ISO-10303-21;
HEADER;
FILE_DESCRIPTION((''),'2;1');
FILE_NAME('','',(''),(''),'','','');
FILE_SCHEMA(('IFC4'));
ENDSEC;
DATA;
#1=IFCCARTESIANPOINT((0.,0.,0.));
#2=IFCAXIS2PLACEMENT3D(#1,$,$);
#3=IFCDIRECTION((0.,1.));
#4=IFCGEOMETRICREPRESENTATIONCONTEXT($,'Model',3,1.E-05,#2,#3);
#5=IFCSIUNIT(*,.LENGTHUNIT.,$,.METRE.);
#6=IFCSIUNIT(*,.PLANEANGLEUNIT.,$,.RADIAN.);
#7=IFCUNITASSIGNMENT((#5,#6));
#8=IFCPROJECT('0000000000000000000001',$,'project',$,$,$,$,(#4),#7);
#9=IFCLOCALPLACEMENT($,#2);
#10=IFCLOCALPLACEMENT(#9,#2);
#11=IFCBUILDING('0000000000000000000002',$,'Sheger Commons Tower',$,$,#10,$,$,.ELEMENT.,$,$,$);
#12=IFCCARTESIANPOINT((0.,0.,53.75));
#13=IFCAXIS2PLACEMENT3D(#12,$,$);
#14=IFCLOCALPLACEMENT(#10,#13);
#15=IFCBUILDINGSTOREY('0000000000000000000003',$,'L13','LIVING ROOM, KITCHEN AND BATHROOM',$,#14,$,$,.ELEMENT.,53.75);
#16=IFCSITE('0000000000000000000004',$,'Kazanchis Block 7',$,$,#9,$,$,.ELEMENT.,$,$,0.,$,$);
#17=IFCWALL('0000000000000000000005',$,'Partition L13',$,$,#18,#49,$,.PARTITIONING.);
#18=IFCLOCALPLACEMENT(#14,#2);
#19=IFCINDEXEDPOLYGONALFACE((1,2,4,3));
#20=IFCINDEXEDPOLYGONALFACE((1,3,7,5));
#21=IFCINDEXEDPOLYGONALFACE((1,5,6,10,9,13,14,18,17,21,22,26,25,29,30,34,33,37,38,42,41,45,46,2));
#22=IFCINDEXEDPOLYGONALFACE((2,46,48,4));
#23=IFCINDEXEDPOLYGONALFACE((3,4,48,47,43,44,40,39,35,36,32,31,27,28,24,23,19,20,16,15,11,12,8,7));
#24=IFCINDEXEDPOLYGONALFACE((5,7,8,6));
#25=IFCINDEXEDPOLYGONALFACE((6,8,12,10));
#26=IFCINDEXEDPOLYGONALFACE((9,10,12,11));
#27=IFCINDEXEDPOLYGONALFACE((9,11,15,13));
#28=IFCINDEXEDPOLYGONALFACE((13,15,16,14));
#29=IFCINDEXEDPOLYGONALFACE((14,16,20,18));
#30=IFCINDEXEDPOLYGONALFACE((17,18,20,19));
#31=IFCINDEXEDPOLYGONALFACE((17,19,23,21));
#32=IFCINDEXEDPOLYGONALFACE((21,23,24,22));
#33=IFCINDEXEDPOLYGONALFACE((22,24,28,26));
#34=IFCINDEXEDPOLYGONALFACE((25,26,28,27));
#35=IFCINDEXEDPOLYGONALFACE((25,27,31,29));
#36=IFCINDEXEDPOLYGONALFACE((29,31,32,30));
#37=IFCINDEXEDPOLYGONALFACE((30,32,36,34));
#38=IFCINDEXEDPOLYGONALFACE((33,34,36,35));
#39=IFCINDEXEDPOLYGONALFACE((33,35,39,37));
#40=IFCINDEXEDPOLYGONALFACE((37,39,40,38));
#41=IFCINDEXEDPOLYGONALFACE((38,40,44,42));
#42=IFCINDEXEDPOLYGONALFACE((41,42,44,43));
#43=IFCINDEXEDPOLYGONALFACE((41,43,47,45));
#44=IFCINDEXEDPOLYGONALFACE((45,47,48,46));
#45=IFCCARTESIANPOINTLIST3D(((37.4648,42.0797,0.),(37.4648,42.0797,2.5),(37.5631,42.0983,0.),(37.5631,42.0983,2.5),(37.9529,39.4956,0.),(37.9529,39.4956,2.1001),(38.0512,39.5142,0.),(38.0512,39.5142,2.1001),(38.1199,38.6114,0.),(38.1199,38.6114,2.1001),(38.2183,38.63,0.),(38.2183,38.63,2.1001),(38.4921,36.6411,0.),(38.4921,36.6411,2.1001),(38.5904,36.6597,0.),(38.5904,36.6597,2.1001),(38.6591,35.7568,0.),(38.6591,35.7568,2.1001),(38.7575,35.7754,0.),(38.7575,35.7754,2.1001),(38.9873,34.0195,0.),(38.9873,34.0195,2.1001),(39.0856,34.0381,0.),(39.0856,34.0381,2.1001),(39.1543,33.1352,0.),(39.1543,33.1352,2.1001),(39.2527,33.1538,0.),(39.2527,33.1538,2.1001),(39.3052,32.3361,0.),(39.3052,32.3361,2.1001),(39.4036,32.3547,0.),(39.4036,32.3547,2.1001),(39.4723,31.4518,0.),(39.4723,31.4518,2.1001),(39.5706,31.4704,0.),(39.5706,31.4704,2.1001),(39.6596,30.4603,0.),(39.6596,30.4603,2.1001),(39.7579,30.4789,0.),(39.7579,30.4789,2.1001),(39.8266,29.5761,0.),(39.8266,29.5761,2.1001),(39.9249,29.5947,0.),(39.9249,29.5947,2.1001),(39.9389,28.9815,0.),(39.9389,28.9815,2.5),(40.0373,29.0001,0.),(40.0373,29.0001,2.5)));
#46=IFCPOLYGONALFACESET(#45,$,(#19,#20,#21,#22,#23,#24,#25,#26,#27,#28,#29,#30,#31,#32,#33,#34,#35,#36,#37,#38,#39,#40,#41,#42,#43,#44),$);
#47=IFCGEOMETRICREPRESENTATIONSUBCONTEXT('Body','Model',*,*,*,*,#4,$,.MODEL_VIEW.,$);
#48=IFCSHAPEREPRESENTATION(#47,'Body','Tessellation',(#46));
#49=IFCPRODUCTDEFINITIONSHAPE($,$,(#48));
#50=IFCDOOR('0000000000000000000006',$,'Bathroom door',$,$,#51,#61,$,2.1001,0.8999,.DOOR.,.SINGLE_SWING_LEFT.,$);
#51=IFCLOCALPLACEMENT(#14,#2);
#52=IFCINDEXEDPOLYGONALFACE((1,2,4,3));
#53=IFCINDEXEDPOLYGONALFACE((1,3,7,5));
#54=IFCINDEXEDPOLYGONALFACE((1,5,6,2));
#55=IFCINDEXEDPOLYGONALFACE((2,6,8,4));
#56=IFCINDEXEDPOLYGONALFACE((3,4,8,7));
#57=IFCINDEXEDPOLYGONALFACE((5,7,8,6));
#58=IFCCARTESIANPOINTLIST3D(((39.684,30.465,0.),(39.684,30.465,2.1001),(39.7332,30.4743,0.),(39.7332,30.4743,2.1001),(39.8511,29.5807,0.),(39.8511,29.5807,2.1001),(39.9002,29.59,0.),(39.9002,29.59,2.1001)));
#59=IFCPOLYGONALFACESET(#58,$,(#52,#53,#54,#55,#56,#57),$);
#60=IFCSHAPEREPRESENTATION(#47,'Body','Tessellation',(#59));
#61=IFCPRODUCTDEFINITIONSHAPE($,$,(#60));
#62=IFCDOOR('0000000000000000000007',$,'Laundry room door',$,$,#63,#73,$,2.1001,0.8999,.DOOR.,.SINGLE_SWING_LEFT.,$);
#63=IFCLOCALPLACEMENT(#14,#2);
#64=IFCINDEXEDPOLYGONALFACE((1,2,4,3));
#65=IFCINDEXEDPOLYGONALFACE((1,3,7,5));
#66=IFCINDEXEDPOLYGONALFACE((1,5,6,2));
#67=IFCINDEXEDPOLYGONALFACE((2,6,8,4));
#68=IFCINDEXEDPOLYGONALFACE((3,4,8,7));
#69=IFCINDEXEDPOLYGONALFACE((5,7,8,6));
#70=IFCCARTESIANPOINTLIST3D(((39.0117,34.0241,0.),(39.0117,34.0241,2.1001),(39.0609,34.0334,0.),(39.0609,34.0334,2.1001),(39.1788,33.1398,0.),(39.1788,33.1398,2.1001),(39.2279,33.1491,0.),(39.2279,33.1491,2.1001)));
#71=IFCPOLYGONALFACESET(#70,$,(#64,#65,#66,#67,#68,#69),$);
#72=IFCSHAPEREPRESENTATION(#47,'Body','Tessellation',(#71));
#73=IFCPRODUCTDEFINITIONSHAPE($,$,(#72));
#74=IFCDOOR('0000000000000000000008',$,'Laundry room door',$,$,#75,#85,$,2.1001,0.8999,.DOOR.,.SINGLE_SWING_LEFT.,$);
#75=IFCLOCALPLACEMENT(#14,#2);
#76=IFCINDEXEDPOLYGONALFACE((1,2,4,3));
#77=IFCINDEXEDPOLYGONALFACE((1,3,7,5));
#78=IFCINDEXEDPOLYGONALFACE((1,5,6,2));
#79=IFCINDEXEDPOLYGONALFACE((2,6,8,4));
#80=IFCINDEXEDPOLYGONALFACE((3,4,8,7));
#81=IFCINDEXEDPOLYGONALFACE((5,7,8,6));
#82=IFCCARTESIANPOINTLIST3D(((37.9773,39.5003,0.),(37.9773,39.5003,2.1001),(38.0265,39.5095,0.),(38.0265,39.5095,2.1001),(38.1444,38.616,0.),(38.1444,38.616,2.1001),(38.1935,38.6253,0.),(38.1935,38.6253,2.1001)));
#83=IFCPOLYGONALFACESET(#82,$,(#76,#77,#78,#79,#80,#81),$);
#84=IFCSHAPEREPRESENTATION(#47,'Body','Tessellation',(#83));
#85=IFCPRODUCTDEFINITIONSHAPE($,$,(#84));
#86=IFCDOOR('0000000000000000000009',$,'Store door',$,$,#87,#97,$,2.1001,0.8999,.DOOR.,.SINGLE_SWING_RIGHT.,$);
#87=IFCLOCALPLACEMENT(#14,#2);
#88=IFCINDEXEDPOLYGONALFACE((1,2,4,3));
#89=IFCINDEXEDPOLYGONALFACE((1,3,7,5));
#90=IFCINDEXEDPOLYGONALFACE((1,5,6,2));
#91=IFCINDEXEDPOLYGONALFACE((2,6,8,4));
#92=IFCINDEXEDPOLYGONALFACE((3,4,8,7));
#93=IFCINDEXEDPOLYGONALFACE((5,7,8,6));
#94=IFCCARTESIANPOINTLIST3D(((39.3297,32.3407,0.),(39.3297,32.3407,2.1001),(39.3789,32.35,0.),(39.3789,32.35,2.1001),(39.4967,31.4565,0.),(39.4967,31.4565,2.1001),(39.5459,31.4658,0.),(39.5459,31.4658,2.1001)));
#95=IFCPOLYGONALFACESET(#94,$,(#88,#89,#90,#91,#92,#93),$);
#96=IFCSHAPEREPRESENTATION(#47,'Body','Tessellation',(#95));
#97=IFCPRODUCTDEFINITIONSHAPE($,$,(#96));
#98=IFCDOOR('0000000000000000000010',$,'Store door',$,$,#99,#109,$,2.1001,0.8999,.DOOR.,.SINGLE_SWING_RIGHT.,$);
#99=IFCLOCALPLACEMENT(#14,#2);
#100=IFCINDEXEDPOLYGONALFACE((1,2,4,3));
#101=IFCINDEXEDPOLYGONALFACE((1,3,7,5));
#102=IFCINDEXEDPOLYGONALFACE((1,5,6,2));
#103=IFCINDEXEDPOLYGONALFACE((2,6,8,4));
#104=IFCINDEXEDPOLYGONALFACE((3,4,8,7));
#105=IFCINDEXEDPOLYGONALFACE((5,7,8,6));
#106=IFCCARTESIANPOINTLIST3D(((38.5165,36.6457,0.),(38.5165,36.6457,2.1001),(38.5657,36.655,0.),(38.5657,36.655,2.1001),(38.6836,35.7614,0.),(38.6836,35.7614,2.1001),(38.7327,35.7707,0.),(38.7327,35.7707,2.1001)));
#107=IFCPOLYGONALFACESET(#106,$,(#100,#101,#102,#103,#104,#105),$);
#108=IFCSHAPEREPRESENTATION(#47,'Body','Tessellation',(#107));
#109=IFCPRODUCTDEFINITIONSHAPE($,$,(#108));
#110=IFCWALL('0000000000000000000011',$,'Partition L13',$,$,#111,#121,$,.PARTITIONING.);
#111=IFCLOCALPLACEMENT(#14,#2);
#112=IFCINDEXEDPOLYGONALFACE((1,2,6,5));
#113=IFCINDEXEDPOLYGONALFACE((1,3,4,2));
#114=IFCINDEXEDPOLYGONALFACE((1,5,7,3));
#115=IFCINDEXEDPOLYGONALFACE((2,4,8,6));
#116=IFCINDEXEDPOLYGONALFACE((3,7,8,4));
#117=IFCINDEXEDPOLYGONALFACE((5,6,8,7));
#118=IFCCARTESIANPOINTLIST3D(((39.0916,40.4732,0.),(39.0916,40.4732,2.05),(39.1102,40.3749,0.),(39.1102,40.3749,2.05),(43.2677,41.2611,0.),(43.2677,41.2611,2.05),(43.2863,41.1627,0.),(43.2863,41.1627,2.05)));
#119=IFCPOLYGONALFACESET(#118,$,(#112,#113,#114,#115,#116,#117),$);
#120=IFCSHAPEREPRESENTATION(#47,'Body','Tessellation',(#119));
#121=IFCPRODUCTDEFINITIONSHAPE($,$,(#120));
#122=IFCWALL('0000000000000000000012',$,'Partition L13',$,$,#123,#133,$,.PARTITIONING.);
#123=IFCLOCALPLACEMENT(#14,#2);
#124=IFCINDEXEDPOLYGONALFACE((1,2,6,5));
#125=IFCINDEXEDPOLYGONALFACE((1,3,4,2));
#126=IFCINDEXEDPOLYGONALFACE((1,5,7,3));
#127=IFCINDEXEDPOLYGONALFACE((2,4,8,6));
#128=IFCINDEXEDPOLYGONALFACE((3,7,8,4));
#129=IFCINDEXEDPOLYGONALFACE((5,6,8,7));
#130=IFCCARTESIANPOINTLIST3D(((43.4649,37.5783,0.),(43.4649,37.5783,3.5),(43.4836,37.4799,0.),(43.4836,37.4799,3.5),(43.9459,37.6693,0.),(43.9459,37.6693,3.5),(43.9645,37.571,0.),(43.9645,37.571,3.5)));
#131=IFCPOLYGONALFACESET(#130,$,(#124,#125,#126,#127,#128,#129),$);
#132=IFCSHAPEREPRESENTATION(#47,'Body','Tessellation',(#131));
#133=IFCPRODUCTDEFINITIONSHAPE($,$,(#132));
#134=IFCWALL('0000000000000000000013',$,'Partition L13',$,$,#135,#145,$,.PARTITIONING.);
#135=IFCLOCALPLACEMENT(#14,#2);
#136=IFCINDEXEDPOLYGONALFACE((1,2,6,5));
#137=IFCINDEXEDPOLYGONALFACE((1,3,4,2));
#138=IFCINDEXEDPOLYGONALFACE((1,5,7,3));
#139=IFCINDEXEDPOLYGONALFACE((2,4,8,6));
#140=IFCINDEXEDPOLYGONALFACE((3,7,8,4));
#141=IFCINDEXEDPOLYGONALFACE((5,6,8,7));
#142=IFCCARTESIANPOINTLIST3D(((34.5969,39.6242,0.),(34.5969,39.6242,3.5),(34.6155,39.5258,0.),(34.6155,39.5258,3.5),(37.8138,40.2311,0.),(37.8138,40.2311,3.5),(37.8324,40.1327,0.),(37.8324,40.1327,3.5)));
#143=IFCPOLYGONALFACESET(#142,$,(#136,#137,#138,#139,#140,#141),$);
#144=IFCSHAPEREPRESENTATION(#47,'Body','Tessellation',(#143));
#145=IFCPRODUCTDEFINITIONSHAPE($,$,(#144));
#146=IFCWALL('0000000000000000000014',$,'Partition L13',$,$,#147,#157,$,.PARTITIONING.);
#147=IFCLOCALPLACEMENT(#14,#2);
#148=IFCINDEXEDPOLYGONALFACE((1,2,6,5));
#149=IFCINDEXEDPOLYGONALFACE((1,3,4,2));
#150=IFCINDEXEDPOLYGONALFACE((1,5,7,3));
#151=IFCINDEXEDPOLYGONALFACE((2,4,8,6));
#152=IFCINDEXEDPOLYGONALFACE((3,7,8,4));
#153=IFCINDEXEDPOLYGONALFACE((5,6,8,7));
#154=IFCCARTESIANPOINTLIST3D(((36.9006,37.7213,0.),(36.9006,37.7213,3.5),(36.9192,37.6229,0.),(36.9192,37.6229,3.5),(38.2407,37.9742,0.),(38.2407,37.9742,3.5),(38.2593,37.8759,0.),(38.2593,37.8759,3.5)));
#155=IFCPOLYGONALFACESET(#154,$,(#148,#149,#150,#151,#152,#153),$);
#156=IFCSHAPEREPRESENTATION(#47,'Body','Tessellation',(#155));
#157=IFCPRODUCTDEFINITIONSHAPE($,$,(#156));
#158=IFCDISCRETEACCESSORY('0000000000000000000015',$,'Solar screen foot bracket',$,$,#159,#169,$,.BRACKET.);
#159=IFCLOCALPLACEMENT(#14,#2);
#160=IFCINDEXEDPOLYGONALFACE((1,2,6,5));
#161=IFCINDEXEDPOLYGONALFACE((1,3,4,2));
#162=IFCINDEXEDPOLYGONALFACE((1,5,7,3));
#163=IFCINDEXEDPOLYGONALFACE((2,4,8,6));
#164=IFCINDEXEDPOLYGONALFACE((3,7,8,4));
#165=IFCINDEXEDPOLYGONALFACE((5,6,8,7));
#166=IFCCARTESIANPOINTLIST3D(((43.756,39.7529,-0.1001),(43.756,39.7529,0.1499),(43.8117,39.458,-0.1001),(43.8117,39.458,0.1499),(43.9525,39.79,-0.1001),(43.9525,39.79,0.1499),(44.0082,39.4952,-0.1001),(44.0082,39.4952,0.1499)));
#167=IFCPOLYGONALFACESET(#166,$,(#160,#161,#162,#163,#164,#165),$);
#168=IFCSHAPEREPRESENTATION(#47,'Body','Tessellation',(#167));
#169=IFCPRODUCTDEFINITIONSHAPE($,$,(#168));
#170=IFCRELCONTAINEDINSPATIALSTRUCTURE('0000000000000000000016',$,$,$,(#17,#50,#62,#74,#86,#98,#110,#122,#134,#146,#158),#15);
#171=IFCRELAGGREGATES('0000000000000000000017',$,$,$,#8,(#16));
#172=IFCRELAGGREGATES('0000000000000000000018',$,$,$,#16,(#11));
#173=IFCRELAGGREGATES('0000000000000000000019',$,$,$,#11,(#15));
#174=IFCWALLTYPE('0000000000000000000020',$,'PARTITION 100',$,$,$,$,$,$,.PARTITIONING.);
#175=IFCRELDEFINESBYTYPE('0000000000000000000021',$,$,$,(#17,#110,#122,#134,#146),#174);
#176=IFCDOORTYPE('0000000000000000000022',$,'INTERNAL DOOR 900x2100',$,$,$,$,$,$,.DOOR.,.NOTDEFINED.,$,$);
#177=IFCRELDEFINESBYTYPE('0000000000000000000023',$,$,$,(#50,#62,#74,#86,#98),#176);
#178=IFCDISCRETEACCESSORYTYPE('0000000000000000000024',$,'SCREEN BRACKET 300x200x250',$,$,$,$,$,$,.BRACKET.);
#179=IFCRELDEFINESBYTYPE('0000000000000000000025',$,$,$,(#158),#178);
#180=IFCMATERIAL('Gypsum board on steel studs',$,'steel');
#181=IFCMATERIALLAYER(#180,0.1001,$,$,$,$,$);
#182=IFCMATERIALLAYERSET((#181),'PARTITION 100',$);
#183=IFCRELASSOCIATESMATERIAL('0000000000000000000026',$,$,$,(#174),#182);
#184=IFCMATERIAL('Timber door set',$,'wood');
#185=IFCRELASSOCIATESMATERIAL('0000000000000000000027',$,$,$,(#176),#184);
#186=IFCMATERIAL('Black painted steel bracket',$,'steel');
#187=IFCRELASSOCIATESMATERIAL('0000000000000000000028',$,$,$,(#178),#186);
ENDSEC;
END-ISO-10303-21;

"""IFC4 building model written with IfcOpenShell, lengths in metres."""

from ifc_helpers import new_model, si_unit, direction, frame, frame_2d, origin, origin_2d, place, context, subcontext, project, spatial, rectangle, extrude, material, layer, layer_set, type_object, element, fill, save


model = new_model("IFC4")

# Units and contexts
model_context = context("Model", 3, precision=1e-05, world=origin(), true_north=direction((0.0, 1.0)))
body_context = subcontext(model_context, "Body", "Model", "MODEL_VIEW")
ifc_project = project(units=[si_unit("LENGTHUNIT", "METRE"), si_unit("PLANEANGLEUNIT", "RADIAN")], contexts=[model_context])

# Site, building, storey
site_placement = place(None, origin())
site = spatial("IfcSite", under=ifc_project, at=site_placement, Name="Kazanchis Block 7", CompositionType="ELEMENT", RefElevation=0.0)
building_placement = place(site_placement, origin())
building = spatial("IfcBuilding", under=site, at=building_placement, Name="Sheger Commons Tower", CompositionType="ELEMENT")
storey_placement = place(building_placement, frame((0.0, 0.0, 53.75)))
storey = spatial("IfcBuildingStorey", under=building, at=storey_placement, Name="L13", Description="LIVING ROOM, KITCHEN AND BATHROOM", CompositionType="ELEMENT", Elevation=53.75)

# Shared definitions
ifc_material_1 = material(Name="Gypsum board on steel studs", Category="steel")
ifc_layer_1 = layer(ifc_material_1, 0.1001)
ifc_layer_set_1 = layer_set([ifc_layer_1], Name="PARTITION 100")
wall_type = type_object("IfcWallType", Name="PARTITION 100", PredefinedType="PARTITIONING", material=ifc_layer_set_1)

# Shared definitions
ifc_material_2 = material(Name="Timber door set", Category="wood")
door_type = type_object("IfcDoorType", Name="INTERNAL DOOR 900x2100", OperationType="NOTDEFINED", PredefinedType="DOOR", material=ifc_material_2)

# Wall, openings, doors
wall_1_placement = place(storey_placement, frame((37.5139, 42.0891, 0.0), z_axis=(0.0, 0.0, 1.0), x_axis=(0.185609, -0.982624, 0.0)))
wall_1 = element("IfcWall", 1, at=wall_1_placement, inside=storey, type_object=wall_type, Name="Partition L13", PredefinedType="PARTITIONING", context=body_context, shape_type="SweptSolid", body=[
    extrude(rectangle(XDim=13.3298, YDim=0.1001, at=frame_2d((6.665, 0.0))), origin(), (0.0, 0.0, 1.0), 2.5),
])
opening_1_placement = place(wall_1_placement, frame((11.825, 0.0, 0.0)))
opening_1 = element("IfcOpeningElement", 2, at=opening_1_placement, cuts=wall_1, PredefinedType="OPENING", context=body_context, shape_type="SweptSolid", body=[
    extrude(rectangle(XDim=0.8999, YDim=2.1001, at=frame_2d((0.45, 1.05))), frame((0.0, 0.0601, 0.0), z_axis=(0.0, -1.0, 0.0), x_axis=(1.0, 0.0, 0.0)), (0.0, 0.0, 1.0), 0.1201),
])
opening_2_placement = place(wall_1_placement, frame((8.2029, 0.0, 0.0)))
opening_2 = element("IfcOpeningElement", 3, at=opening_2_placement, cuts=wall_1, PredefinedType="OPENING", context=body_context, shape_type="SweptSolid", body=[
    extrude(rectangle(XDim=0.8999, YDim=2.1001, at=frame_2d((0.45, 1.05))), frame((0.0, 0.0601, 0.0), z_axis=(0.0, -1.0, 0.0), x_axis=(1.0, 0.0, 0.0)), (0.0, 0.0, 1.0), 0.1201),
])
opening_3_placement = place(wall_1_placement, frame((2.6299, 0.0, 0.0)))
opening_3 = element("IfcOpeningElement", 4, at=opening_3_placement, cuts=wall_1, PredefinedType="OPENING", context=body_context, shape_type="SweptSolid", body=[
    extrude(rectangle(XDim=0.8999, YDim=2.1001, at=frame_2d((0.45, 1.05))), frame((0.0, 0.0601, 0.0), z_axis=(0.0, -1.0, 0.0), x_axis=(1.0, 0.0, 0.0)), (0.0, 0.0, 1.0), 0.1201),
])
opening_4_placement = place(wall_1_placement, frame((9.916, 0.0, 0.0)))
opening_4 = element("IfcOpeningElement", 5, at=opening_4_placement, cuts=wall_1, PredefinedType="OPENING", context=body_context, shape_type="SweptSolid", body=[
    extrude(rectangle(XDim=0.8999, YDim=2.1001, at=frame_2d((0.45, 1.05))), frame((0.0, 0.0601, 0.0), z_axis=(0.0, -1.0, 0.0), x_axis=(1.0, 0.0, 0.0)), (0.0, 0.0, 1.0), 0.1201),
])
opening_5_placement = place(wall_1_placement, frame((5.5349, 0.0, 0.0)))
opening_5 = element("IfcOpeningElement", 6, at=opening_5_placement, cuts=wall_1, PredefinedType="OPENING", context=body_context, shape_type="SweptSolid", body=[
    extrude(rectangle(XDim=0.8999, YDim=2.1001, at=frame_2d((0.45, 1.05))), frame((0.0, 0.0601, 0.0), z_axis=(0.0, -1.0, 0.0), x_axis=(1.0, 0.0, 0.0)), (0.0, 0.0, 1.0), 0.1201),
])
door_1_placement = place(opening_1_placement, origin())
door_1 = element("IfcDoor", 7, at=door_1_placement, inside=storey, type_object=door_type, Name="Bathroom door", OperationType="SINGLE_SWING_LEFT", OverallHeight=2.1001, OverallWidth=0.8999, PredefinedType="DOOR", context=body_context, shape_type="SweptSolid", body=[
    extrude(rectangle(XDim=0.8999, YDim=2.1001, at=frame_2d((0.45, 1.05))), frame((0.0, 0.0249, 0.0), z_axis=(0.0, -1.0, 0.0), x_axis=(1.0, 0.0, 0.0)), (0.0, 0.0, 1.0), 0.05),
])
fill(opening_1, door_1)
door_2_placement = place(opening_2_placement, origin())
door_2 = element("IfcDoor", 8, at=door_2_placement, inside=storey, type_object=door_type, Name="Laundry room door", OperationType="SINGLE_SWING_LEFT", OverallHeight=2.1001, OverallWidth=0.8999, PredefinedType="DOOR", context=body_context, shape_type="SweptSolid", body=[
    extrude(rectangle(XDim=0.8999, YDim=2.1001, at=frame_2d((0.45, 1.05))), frame((0.0, 0.0249, 0.0), z_axis=(0.0, -1.0, 0.0), x_axis=(1.0, 0.0, 0.0)), (0.0, 0.0, 1.0), 0.05),
])
fill(opening_2, door_2)
door_3_placement = place(opening_3_placement, origin())
door_3 = element("IfcDoor", 9, at=door_3_placement, inside=storey, type_object=door_type, Name="Laundry room door", OperationType="SINGLE_SWING_LEFT", OverallHeight=2.1001, OverallWidth=0.8999, PredefinedType="DOOR", context=body_context, shape_type="SweptSolid", body=[
    extrude(rectangle(XDim=0.8999, YDim=2.1001, at=frame_2d((0.45, 1.05))), frame((0.0, 0.0249, 0.0), z_axis=(0.0, -1.0, 0.0), x_axis=(1.0, 0.0, 0.0)), (0.0, 0.0, 1.0), 0.05),
])
fill(opening_3, door_3)
door_4_placement = place(opening_4_placement, origin())
door_4 = element("IfcDoor", 10, at=door_4_placement, inside=storey, type_object=door_type, Name="Store door", OperationType="SINGLE_SWING_RIGHT", OverallHeight=2.1001, OverallWidth=0.8999, PredefinedType="DOOR", context=body_context, shape_type="SweptSolid", body=[
    extrude(rectangle(XDim=0.8999, YDim=2.1001, at=frame_2d((0.45, 1.05))), frame((0.0, 0.0249, 0.0), z_axis=(0.0, -1.0, 0.0), x_axis=(1.0, 0.0, 0.0)), (0.0, 0.0, 1.0), 0.05),
])
fill(opening_4, door_4)
door_5_placement = place(opening_5_placement, origin())
door_5 = element("IfcDoor", 11, at=door_5_placement, inside=storey, type_object=door_type, Name="Store door", OperationType="SINGLE_SWING_RIGHT", OverallHeight=2.1001, OverallWidth=0.8999, PredefinedType="DOOR", context=body_context, shape_type="SweptSolid", body=[
    extrude(rectangle(XDim=0.8999, YDim=2.1001, at=frame_2d((0.45, 1.05))), frame((0.0, 0.0249, 0.0), z_axis=(0.0, -1.0, 0.0), x_axis=(1.0, 0.0, 0.0)), (0.0, 0.0, 1.0), 0.05),
])
fill(opening_5, door_5)

# Walls
wall_2_placement = place(storey_placement, frame((43.2771, 41.2119, 0.0), z_axis=(0.0, 0.0, 1.0), x_axis=(-0.982665, -0.185388, 0.0)))
element("IfcWall", 12, at=wall_2_placement, inside=storey, type_object=wall_type, Name="Partition L13", PredefinedType="PARTITIONING", context=body_context, shape_type="SweptSolid", body=[
    extrude(rectangle(XDim=4.2498, YDim=0.1001, at=frame_2d((2.125, 0.0))), origin(), (0.0, 0.0, 1.0), 2.05),
])
wall_3_placement = place(storey_placement, frame((43.9551, 37.6201, 0.0), z_axis=(0.0, 0.0, 1.0), x_axis=(-0.982543, -0.186035, 0.0)))
element("IfcWall", 13, at=wall_3_placement, inside=storey, type_object=wall_type, Name="Partition L13", PredefinedType="PARTITIONING", context=body_context, shape_type="SweptSolid", body=[
    extrude(rectangle(XDim=0.4895, YDim=0.1001, at=frame_2d((0.2446, 0.0))), origin(), (0.0, 0.0, 1.0), 3.5),
])
wall_4_placement = place(storey_placement, frame((37.823, 40.1819, 0.0), z_axis=(0.0, 0.0, 1.0), x_axis=(-0.982665, -0.185392, 0.0)))
element("IfcWall", 14, at=wall_4_placement, inside=storey, type_object=wall_type, Name="Partition L13", PredefinedType="PARTITIONING", context=body_context, shape_type="SweptSolid", body=[
    extrude(rectangle(XDim=3.2737, YDim=0.1001, at=frame_2d((1.6367, 0.0))), origin(), (0.0, 0.0, 1.0), 3.5),
])
wall_5_placement = place(storey_placement, frame((38.25, 37.925, 0.0), z_axis=(0.0, 0.0, 1.0), x_axis=(-0.982651, -0.185467, 0.0)))
element("IfcWall", 15, at=wall_5_placement, inside=storey, type_object=wall_type, Name="Partition L13", PredefinedType="PARTITIONING", context=body_context, shape_type="SweptSolid", body=[
    extrude(rectangle(XDim=1.3638, YDim=0.1001, at=frame_2d((0.6819, 0.0))), origin(), (0.0, 0.0, 1.0), 3.5),
])

# Discrete accessory
ifc_material_3 = material(Name="Black painted steel bracket", Category="steel")
discrete_accessory_type = type_object("IfcDiscreteAccessoryType", Name="SCREEN BRACKET 300x200x250", PredefinedType="BRACKET", material=ifc_material_3)
for number, where, z_axis, x_axis, name in (
    (16, (43.8821, 39.624, -0.1001), (0.0, 0.0, 1.0), (-0.185615, 0.982623, 0.0), "Solar screen foot bracket"),
):
    element("IfcDiscreteAccessory", number, at=place(storey_placement, frame(where, z_axis=z_axis, x_axis=x_axis)), inside=storey, type_object=discrete_accessory_type, Name=name, PredefinedType="BRACKET", context=body_context, shape_type="SweptSolid", body=[
        extrude(rectangle(XDim=0.3, YDim=0.2, at=origin_2d()), origin(), (0.0, 0.0, 1.0), 0.25),
    ])

save(model, "model.ifc")
